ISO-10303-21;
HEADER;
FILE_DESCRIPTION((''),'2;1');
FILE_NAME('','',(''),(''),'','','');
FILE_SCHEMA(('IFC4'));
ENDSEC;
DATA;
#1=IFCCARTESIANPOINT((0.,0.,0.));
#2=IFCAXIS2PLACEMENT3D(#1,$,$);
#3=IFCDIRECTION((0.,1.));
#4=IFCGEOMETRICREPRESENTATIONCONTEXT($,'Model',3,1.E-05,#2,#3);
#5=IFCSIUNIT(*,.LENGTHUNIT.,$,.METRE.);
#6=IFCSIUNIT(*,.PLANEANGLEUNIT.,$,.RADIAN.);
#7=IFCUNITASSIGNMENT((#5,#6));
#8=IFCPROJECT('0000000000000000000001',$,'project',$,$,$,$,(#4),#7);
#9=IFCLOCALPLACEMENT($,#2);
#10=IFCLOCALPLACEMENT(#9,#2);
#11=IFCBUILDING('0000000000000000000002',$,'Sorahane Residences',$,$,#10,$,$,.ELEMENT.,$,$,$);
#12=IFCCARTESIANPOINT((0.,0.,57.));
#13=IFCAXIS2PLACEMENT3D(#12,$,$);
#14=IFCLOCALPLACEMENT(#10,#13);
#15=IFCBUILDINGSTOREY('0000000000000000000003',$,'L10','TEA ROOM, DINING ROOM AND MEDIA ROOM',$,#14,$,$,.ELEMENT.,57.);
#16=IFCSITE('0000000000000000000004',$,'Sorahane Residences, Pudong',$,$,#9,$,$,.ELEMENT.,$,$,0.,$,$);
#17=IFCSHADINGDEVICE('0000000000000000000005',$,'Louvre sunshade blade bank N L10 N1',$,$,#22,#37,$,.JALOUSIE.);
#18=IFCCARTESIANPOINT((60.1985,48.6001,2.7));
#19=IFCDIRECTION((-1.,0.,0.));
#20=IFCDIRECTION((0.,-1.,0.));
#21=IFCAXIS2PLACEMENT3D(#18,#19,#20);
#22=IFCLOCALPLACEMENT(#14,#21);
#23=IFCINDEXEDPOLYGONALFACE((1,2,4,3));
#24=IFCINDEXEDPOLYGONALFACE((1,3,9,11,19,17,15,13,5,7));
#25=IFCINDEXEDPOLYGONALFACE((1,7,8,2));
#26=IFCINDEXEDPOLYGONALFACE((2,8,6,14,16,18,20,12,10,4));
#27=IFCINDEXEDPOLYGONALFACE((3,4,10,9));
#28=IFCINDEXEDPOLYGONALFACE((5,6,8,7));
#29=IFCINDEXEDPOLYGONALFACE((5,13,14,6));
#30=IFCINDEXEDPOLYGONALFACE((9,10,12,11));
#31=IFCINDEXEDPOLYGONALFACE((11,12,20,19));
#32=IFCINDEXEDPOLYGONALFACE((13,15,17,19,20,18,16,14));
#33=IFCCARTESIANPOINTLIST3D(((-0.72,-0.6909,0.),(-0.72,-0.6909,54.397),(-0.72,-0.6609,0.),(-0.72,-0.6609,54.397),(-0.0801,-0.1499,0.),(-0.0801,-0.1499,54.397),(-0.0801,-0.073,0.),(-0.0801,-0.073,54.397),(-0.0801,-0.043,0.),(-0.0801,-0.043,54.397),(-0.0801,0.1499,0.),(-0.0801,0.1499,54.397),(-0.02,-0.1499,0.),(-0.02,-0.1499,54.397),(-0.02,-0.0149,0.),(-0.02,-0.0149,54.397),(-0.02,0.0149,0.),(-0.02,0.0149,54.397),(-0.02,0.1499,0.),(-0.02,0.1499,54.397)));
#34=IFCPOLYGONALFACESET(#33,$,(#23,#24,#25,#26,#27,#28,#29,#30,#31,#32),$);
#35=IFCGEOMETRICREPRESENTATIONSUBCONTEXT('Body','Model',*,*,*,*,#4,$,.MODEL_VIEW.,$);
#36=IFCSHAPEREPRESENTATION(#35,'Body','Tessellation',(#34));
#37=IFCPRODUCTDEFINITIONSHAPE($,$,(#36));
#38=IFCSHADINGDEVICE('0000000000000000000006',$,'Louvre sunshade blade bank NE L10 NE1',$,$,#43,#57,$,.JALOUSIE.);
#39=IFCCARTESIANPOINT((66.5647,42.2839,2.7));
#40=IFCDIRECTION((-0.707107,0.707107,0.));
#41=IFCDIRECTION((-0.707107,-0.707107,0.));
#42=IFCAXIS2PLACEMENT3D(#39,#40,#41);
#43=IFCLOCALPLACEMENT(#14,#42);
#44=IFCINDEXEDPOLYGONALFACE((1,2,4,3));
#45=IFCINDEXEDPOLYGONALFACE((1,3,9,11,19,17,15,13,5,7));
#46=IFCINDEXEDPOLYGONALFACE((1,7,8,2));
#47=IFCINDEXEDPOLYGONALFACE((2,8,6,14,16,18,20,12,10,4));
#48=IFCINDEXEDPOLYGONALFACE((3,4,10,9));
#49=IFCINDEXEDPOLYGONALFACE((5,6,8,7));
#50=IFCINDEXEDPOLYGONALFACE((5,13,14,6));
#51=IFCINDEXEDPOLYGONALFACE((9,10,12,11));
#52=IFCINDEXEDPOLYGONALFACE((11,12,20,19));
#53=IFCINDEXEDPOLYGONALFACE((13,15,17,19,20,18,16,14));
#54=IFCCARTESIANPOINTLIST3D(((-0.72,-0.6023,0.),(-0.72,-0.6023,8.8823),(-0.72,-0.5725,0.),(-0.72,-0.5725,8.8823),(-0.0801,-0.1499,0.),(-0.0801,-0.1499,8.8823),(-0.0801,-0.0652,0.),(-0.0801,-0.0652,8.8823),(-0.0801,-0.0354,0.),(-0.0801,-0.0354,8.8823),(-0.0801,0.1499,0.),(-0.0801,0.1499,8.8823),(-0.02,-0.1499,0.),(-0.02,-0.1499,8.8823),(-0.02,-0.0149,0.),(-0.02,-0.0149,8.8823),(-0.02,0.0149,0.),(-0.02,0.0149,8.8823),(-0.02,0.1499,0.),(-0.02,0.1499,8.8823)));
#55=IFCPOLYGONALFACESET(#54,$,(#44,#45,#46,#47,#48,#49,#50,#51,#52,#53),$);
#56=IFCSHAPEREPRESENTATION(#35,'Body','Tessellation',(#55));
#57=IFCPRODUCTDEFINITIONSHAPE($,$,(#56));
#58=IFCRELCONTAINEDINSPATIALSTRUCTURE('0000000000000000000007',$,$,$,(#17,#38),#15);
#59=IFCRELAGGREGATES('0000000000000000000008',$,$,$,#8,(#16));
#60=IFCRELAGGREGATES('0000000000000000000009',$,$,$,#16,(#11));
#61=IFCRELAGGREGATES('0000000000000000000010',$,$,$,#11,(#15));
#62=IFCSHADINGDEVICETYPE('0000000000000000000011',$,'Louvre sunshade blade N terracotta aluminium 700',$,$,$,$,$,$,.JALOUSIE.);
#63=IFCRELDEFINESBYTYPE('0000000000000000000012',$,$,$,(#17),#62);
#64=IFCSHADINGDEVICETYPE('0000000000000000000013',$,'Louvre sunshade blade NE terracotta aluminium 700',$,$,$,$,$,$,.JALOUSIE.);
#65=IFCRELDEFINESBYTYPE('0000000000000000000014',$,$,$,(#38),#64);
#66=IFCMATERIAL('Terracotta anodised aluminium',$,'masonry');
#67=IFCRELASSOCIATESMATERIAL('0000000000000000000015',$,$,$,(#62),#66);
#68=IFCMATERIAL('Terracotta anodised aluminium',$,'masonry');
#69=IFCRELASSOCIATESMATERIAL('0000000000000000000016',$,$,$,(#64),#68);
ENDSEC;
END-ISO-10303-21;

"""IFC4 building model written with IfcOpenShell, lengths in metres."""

from ifc_helpers import new_model, si_unit, direction, frame, origin, place, context, subcontext, project, spatial, polyline, outline, extrude, material, type_object, element, save


model = new_model("IFC4")

# Units and contexts
model_context = context("Model", 3, precision=1e-05, world=origin(), true_north=direction((0.0, 1.0)))
body_context = subcontext(model_context, "Body", "Model", "MODEL_VIEW")
ifc_project = project(units=[si_unit("LENGTHUNIT", "METRE"), si_unit("PLANEANGLEUNIT", "RADIAN")], contexts=[model_context])

# Site, building, storey
site_placement = place(None, origin())
site = spatial("IfcSite", under=ifc_project, at=site_placement, Name="Sorahane Residences, Pudong", CompositionType="ELEMENT", RefElevation=0.0)
building_placement = place(site_placement, origin())
building = spatial("IfcBuilding", under=site, at=building_placement, Name="Sorahane Residences", CompositionType="ELEMENT")
storey_placement = place(building_placement, frame((0.0, 0.0, 57.0)))
storey = spatial("IfcBuildingStorey", under=building, at=storey_placement, Name="L10", Description="TEA ROOM, DINING ROOM AND MEDIA ROOM", CompositionType="ELEMENT", Elevation=57.0)

# Shading devices
ifc_material_1 = material(Name="Terracotta anodised aluminium", Category="masonry")
shading_device_type_1 = type_object("IfcShadingDeviceType", Name="Louvre sunshade blade N terracotta aluminium 700", PredefinedType="JALOUSIE", material=ifc_material_1)
shading_device_1_placement = place(storey_placement, frame((60.1985, 48.6001, 2.7), z_axis=(-1.0, 0.0, 0.0), x_axis=(0.0, -1.0, 0.0)))
element("IfcShadingDevice", 1, at=shading_device_1_placement, inside=storey, type_object=shading_device_type_1, Name="Louvre sunshade blade bank N L10 N1", PredefinedType="JALOUSIE", context=body_context, shape_type="SweptSolid", body=[
    extrude(outline(polyline([(-0.72, -0.6609), (-0.72, -0.6909), (-0.0801, -0.073), (-0.0801, -0.1499), (-0.02, -0.1499), (-0.02, -0.0149), (-0.02, 0.0149), (-0.02, 0.1499), (-0.0801, 0.1499), (-0.0801, -0.043), (-0.72, -0.6609)])), origin(), (0.0, 0.0, 1.0), 54.397),
])
ifc_material_2 = material(Name="Terracotta anodised aluminium", Category="masonry")
shading_device_type_2 = type_object("IfcShadingDeviceType", Name="Louvre sunshade blade NE terracotta aluminium 700", PredefinedType="JALOUSIE", material=ifc_material_2)
shading_device_2_placement = place(storey_placement, frame((66.5647, 42.2839, 2.7), z_axis=(-0.707107, 0.707107, 0.0), x_axis=(-0.707107, -0.707107, 0.0)))
element("IfcShadingDevice", 2, at=shading_device_2_placement, inside=storey, type_object=shading_device_type_2, Name="Louvre sunshade blade bank NE L10 NE1", PredefinedType="JALOUSIE", context=body_context, shape_type="SweptSolid", body=[
    extrude(outline(polyline([(-0.72, -0.5725), (-0.72, -0.6023), (-0.0801, -0.0652), (-0.0801, -0.1499), (-0.02, -0.1499), (-0.02, -0.0149), (-0.02, 0.0149), (-0.02, 0.1499), (-0.0801, 0.1499), (-0.0801, -0.0354), (-0.72, -0.5725)])), origin(), (0.0, 0.0, 1.0), 8.8823),
])

save(model, "model.ifc")
